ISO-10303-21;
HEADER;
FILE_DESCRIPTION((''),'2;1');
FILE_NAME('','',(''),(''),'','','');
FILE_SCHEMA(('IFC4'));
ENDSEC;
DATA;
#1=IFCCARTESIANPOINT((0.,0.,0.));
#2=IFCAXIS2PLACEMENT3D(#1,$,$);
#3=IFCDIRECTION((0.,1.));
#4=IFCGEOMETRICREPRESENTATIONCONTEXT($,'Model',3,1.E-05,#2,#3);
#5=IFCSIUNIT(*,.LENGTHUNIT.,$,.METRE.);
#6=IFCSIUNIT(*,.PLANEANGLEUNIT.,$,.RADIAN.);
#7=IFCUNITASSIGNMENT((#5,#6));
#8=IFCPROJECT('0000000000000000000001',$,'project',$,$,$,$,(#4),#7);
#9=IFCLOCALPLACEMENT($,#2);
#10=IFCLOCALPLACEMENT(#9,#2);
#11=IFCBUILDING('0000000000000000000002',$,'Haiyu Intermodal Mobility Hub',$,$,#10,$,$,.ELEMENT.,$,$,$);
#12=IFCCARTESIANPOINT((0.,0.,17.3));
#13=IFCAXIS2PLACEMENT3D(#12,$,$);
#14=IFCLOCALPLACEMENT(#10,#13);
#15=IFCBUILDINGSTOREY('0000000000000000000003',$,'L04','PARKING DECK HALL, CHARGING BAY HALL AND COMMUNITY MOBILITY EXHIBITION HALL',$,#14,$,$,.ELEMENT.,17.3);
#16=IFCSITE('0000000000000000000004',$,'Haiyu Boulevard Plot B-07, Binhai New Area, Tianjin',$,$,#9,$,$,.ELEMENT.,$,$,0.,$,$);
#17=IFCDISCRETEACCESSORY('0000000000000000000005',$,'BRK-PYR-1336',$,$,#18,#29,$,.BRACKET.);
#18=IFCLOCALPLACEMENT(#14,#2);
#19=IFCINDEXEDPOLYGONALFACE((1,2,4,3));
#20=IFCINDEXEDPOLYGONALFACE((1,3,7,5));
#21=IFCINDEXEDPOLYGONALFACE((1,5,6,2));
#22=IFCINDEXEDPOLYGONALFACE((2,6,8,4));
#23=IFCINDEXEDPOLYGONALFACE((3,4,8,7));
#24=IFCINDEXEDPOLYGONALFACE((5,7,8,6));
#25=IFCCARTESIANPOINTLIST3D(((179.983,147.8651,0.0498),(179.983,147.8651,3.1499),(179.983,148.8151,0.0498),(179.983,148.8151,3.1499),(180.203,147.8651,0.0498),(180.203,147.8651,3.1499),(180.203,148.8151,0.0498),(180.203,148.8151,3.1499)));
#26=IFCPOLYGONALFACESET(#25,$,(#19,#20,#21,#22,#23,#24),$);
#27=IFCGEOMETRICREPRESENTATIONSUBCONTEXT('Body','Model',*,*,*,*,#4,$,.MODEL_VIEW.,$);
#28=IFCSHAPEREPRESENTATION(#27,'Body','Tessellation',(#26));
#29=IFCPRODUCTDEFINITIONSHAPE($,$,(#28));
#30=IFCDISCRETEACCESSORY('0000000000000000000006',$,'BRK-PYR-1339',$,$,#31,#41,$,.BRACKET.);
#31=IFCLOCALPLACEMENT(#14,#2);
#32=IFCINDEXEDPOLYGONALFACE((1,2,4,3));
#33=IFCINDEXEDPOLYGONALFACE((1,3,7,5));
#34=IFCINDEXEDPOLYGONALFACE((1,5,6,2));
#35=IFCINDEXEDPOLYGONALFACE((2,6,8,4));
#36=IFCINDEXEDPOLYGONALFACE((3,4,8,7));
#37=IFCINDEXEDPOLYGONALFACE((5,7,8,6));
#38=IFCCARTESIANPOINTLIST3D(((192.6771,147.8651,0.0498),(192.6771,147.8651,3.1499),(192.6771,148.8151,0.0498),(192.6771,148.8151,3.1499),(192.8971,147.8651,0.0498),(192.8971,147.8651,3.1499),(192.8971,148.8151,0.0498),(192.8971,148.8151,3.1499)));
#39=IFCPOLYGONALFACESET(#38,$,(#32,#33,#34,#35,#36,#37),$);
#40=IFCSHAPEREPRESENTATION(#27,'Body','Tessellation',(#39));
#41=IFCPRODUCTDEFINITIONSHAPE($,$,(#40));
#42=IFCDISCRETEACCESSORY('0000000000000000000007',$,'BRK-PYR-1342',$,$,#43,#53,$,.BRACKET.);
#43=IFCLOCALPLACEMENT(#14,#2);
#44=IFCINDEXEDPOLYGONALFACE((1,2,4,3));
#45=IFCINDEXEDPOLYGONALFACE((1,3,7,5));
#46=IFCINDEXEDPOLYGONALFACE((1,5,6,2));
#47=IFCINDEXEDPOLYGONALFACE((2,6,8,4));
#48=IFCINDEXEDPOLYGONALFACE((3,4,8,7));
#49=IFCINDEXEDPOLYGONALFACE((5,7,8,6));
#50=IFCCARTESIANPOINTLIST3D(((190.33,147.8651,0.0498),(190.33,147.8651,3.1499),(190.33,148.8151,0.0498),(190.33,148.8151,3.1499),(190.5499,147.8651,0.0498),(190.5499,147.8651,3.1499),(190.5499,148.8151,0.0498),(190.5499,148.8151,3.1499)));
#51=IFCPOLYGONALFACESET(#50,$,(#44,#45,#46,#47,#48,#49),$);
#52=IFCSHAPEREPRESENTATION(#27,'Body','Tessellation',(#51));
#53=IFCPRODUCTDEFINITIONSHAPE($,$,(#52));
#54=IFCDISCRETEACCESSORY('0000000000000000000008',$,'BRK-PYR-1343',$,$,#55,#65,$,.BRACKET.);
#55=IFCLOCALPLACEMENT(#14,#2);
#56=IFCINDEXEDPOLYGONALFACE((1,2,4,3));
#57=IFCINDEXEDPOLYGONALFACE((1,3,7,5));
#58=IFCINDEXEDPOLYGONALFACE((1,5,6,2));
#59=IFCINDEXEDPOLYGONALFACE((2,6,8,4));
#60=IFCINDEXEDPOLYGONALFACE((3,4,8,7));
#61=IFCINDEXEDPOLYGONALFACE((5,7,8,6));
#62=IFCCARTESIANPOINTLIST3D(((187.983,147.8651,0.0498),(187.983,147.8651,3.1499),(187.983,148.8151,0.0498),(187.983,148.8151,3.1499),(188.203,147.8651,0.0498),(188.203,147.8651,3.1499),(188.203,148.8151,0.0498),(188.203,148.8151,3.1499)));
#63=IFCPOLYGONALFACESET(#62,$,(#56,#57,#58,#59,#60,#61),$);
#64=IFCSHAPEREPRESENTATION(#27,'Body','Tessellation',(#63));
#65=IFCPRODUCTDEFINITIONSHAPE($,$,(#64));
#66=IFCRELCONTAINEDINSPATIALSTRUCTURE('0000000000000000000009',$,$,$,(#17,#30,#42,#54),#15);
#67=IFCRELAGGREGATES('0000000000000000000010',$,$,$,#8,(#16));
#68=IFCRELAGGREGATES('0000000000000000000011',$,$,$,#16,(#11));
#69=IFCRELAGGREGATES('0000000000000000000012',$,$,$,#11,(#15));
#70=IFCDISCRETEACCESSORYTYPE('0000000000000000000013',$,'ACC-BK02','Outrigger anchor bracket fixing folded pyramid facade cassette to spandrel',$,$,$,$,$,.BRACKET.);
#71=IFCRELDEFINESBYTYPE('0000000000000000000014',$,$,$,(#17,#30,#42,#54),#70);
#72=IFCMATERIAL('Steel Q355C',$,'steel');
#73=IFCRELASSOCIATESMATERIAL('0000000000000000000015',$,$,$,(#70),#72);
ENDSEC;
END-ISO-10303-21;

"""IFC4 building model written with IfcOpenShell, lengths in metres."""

from ifc_helpers import new_model, si_unit, direction, frame, origin, origin_2d, place, context, subcontext, project, spatial, rectangle, extrude, material, type_object, element, save


model = new_model("IFC4")

# Units and contexts
model_context = context("Model", 3, precision=1e-05, world=origin(), true_north=direction((0.0, 1.0)))
body_context = subcontext(model_context, "Body", "Model", "MODEL_VIEW")
ifc_project = project(units=[si_unit("LENGTHUNIT", "METRE"), si_unit("PLANEANGLEUNIT", "RADIAN")], contexts=[model_context])

# Site, building, storey
site_placement = place(None, origin())
site = spatial("IfcSite", under=ifc_project, at=site_placement, Name="Haiyu Boulevard Plot B-07, Binhai New Area, Tianjin", CompositionType="ELEMENT", RefElevation=0.0)
building_placement = place(site_placement, origin())
building = spatial("IfcBuilding", under=site, at=building_placement, Name="Haiyu Intermodal Mobility Hub", CompositionType="ELEMENT")
storey_placement = place(building_placement, frame((0.0, 0.0, 17.3)))
storey = spatial("IfcBuildingStorey", under=building, at=storey_placement, Name="L04", Description="PARKING DECK HALL, CHARGING BAY HALL AND COMMUNITY MOBILITY EXHIBITION HALL", CompositionType="ELEMENT", Elevation=17.3)

# Discrete accessories
ifc_material_1 = material(Name="Steel Q355C", Category="steel")
discrete_accessory_type = type_object("IfcDiscreteAccessoryType", Name="ACC-BK02", Description="Outrigger anchor bracket fixing folded pyramid facade cassette to spandrel", PredefinedType="BRACKET", material=ifc_material_1)
for number, where, z_axis, x_axis, name in (
    (1, (180.093, 148.3401, 0.0498), (0.0, 0.0, 1.0), (1.0, 0.0, 0.0), "BRK-PYR-1336"),
    (2, (192.7871, 148.3401, 0.0498), (0.0, 0.0, 1.0), (1.0, 0.0, 0.0), "BRK-PYR-1339"),
    (3, (190.4399, 148.3401, 0.0498), (0.0, 0.0, 1.0), (1.0, 0.0, 0.0), "BRK-PYR-1342"),
    (4, (188.093, 148.3401, 0.0498), (0.0, 0.0, 1.0), (1.0, 0.0, 0.0), "BRK-PYR-1343"),
):
    element("IfcDiscreteAccessory", number, at=place(storey_placement, frame(where, z_axis=z_axis, x_axis=x_axis)), inside=storey, type_object=discrete_accessory_type, Name=name, PredefinedType="BRACKET", context=body_context, shape_type="SweptSolid", body=[
        extrude(rectangle(XDim=0.22, YDim=0.95, at=origin_2d()), origin(), (0.0, 0.0, 1.0), 3.1001),
    ])

save(model, "model.ifc")
